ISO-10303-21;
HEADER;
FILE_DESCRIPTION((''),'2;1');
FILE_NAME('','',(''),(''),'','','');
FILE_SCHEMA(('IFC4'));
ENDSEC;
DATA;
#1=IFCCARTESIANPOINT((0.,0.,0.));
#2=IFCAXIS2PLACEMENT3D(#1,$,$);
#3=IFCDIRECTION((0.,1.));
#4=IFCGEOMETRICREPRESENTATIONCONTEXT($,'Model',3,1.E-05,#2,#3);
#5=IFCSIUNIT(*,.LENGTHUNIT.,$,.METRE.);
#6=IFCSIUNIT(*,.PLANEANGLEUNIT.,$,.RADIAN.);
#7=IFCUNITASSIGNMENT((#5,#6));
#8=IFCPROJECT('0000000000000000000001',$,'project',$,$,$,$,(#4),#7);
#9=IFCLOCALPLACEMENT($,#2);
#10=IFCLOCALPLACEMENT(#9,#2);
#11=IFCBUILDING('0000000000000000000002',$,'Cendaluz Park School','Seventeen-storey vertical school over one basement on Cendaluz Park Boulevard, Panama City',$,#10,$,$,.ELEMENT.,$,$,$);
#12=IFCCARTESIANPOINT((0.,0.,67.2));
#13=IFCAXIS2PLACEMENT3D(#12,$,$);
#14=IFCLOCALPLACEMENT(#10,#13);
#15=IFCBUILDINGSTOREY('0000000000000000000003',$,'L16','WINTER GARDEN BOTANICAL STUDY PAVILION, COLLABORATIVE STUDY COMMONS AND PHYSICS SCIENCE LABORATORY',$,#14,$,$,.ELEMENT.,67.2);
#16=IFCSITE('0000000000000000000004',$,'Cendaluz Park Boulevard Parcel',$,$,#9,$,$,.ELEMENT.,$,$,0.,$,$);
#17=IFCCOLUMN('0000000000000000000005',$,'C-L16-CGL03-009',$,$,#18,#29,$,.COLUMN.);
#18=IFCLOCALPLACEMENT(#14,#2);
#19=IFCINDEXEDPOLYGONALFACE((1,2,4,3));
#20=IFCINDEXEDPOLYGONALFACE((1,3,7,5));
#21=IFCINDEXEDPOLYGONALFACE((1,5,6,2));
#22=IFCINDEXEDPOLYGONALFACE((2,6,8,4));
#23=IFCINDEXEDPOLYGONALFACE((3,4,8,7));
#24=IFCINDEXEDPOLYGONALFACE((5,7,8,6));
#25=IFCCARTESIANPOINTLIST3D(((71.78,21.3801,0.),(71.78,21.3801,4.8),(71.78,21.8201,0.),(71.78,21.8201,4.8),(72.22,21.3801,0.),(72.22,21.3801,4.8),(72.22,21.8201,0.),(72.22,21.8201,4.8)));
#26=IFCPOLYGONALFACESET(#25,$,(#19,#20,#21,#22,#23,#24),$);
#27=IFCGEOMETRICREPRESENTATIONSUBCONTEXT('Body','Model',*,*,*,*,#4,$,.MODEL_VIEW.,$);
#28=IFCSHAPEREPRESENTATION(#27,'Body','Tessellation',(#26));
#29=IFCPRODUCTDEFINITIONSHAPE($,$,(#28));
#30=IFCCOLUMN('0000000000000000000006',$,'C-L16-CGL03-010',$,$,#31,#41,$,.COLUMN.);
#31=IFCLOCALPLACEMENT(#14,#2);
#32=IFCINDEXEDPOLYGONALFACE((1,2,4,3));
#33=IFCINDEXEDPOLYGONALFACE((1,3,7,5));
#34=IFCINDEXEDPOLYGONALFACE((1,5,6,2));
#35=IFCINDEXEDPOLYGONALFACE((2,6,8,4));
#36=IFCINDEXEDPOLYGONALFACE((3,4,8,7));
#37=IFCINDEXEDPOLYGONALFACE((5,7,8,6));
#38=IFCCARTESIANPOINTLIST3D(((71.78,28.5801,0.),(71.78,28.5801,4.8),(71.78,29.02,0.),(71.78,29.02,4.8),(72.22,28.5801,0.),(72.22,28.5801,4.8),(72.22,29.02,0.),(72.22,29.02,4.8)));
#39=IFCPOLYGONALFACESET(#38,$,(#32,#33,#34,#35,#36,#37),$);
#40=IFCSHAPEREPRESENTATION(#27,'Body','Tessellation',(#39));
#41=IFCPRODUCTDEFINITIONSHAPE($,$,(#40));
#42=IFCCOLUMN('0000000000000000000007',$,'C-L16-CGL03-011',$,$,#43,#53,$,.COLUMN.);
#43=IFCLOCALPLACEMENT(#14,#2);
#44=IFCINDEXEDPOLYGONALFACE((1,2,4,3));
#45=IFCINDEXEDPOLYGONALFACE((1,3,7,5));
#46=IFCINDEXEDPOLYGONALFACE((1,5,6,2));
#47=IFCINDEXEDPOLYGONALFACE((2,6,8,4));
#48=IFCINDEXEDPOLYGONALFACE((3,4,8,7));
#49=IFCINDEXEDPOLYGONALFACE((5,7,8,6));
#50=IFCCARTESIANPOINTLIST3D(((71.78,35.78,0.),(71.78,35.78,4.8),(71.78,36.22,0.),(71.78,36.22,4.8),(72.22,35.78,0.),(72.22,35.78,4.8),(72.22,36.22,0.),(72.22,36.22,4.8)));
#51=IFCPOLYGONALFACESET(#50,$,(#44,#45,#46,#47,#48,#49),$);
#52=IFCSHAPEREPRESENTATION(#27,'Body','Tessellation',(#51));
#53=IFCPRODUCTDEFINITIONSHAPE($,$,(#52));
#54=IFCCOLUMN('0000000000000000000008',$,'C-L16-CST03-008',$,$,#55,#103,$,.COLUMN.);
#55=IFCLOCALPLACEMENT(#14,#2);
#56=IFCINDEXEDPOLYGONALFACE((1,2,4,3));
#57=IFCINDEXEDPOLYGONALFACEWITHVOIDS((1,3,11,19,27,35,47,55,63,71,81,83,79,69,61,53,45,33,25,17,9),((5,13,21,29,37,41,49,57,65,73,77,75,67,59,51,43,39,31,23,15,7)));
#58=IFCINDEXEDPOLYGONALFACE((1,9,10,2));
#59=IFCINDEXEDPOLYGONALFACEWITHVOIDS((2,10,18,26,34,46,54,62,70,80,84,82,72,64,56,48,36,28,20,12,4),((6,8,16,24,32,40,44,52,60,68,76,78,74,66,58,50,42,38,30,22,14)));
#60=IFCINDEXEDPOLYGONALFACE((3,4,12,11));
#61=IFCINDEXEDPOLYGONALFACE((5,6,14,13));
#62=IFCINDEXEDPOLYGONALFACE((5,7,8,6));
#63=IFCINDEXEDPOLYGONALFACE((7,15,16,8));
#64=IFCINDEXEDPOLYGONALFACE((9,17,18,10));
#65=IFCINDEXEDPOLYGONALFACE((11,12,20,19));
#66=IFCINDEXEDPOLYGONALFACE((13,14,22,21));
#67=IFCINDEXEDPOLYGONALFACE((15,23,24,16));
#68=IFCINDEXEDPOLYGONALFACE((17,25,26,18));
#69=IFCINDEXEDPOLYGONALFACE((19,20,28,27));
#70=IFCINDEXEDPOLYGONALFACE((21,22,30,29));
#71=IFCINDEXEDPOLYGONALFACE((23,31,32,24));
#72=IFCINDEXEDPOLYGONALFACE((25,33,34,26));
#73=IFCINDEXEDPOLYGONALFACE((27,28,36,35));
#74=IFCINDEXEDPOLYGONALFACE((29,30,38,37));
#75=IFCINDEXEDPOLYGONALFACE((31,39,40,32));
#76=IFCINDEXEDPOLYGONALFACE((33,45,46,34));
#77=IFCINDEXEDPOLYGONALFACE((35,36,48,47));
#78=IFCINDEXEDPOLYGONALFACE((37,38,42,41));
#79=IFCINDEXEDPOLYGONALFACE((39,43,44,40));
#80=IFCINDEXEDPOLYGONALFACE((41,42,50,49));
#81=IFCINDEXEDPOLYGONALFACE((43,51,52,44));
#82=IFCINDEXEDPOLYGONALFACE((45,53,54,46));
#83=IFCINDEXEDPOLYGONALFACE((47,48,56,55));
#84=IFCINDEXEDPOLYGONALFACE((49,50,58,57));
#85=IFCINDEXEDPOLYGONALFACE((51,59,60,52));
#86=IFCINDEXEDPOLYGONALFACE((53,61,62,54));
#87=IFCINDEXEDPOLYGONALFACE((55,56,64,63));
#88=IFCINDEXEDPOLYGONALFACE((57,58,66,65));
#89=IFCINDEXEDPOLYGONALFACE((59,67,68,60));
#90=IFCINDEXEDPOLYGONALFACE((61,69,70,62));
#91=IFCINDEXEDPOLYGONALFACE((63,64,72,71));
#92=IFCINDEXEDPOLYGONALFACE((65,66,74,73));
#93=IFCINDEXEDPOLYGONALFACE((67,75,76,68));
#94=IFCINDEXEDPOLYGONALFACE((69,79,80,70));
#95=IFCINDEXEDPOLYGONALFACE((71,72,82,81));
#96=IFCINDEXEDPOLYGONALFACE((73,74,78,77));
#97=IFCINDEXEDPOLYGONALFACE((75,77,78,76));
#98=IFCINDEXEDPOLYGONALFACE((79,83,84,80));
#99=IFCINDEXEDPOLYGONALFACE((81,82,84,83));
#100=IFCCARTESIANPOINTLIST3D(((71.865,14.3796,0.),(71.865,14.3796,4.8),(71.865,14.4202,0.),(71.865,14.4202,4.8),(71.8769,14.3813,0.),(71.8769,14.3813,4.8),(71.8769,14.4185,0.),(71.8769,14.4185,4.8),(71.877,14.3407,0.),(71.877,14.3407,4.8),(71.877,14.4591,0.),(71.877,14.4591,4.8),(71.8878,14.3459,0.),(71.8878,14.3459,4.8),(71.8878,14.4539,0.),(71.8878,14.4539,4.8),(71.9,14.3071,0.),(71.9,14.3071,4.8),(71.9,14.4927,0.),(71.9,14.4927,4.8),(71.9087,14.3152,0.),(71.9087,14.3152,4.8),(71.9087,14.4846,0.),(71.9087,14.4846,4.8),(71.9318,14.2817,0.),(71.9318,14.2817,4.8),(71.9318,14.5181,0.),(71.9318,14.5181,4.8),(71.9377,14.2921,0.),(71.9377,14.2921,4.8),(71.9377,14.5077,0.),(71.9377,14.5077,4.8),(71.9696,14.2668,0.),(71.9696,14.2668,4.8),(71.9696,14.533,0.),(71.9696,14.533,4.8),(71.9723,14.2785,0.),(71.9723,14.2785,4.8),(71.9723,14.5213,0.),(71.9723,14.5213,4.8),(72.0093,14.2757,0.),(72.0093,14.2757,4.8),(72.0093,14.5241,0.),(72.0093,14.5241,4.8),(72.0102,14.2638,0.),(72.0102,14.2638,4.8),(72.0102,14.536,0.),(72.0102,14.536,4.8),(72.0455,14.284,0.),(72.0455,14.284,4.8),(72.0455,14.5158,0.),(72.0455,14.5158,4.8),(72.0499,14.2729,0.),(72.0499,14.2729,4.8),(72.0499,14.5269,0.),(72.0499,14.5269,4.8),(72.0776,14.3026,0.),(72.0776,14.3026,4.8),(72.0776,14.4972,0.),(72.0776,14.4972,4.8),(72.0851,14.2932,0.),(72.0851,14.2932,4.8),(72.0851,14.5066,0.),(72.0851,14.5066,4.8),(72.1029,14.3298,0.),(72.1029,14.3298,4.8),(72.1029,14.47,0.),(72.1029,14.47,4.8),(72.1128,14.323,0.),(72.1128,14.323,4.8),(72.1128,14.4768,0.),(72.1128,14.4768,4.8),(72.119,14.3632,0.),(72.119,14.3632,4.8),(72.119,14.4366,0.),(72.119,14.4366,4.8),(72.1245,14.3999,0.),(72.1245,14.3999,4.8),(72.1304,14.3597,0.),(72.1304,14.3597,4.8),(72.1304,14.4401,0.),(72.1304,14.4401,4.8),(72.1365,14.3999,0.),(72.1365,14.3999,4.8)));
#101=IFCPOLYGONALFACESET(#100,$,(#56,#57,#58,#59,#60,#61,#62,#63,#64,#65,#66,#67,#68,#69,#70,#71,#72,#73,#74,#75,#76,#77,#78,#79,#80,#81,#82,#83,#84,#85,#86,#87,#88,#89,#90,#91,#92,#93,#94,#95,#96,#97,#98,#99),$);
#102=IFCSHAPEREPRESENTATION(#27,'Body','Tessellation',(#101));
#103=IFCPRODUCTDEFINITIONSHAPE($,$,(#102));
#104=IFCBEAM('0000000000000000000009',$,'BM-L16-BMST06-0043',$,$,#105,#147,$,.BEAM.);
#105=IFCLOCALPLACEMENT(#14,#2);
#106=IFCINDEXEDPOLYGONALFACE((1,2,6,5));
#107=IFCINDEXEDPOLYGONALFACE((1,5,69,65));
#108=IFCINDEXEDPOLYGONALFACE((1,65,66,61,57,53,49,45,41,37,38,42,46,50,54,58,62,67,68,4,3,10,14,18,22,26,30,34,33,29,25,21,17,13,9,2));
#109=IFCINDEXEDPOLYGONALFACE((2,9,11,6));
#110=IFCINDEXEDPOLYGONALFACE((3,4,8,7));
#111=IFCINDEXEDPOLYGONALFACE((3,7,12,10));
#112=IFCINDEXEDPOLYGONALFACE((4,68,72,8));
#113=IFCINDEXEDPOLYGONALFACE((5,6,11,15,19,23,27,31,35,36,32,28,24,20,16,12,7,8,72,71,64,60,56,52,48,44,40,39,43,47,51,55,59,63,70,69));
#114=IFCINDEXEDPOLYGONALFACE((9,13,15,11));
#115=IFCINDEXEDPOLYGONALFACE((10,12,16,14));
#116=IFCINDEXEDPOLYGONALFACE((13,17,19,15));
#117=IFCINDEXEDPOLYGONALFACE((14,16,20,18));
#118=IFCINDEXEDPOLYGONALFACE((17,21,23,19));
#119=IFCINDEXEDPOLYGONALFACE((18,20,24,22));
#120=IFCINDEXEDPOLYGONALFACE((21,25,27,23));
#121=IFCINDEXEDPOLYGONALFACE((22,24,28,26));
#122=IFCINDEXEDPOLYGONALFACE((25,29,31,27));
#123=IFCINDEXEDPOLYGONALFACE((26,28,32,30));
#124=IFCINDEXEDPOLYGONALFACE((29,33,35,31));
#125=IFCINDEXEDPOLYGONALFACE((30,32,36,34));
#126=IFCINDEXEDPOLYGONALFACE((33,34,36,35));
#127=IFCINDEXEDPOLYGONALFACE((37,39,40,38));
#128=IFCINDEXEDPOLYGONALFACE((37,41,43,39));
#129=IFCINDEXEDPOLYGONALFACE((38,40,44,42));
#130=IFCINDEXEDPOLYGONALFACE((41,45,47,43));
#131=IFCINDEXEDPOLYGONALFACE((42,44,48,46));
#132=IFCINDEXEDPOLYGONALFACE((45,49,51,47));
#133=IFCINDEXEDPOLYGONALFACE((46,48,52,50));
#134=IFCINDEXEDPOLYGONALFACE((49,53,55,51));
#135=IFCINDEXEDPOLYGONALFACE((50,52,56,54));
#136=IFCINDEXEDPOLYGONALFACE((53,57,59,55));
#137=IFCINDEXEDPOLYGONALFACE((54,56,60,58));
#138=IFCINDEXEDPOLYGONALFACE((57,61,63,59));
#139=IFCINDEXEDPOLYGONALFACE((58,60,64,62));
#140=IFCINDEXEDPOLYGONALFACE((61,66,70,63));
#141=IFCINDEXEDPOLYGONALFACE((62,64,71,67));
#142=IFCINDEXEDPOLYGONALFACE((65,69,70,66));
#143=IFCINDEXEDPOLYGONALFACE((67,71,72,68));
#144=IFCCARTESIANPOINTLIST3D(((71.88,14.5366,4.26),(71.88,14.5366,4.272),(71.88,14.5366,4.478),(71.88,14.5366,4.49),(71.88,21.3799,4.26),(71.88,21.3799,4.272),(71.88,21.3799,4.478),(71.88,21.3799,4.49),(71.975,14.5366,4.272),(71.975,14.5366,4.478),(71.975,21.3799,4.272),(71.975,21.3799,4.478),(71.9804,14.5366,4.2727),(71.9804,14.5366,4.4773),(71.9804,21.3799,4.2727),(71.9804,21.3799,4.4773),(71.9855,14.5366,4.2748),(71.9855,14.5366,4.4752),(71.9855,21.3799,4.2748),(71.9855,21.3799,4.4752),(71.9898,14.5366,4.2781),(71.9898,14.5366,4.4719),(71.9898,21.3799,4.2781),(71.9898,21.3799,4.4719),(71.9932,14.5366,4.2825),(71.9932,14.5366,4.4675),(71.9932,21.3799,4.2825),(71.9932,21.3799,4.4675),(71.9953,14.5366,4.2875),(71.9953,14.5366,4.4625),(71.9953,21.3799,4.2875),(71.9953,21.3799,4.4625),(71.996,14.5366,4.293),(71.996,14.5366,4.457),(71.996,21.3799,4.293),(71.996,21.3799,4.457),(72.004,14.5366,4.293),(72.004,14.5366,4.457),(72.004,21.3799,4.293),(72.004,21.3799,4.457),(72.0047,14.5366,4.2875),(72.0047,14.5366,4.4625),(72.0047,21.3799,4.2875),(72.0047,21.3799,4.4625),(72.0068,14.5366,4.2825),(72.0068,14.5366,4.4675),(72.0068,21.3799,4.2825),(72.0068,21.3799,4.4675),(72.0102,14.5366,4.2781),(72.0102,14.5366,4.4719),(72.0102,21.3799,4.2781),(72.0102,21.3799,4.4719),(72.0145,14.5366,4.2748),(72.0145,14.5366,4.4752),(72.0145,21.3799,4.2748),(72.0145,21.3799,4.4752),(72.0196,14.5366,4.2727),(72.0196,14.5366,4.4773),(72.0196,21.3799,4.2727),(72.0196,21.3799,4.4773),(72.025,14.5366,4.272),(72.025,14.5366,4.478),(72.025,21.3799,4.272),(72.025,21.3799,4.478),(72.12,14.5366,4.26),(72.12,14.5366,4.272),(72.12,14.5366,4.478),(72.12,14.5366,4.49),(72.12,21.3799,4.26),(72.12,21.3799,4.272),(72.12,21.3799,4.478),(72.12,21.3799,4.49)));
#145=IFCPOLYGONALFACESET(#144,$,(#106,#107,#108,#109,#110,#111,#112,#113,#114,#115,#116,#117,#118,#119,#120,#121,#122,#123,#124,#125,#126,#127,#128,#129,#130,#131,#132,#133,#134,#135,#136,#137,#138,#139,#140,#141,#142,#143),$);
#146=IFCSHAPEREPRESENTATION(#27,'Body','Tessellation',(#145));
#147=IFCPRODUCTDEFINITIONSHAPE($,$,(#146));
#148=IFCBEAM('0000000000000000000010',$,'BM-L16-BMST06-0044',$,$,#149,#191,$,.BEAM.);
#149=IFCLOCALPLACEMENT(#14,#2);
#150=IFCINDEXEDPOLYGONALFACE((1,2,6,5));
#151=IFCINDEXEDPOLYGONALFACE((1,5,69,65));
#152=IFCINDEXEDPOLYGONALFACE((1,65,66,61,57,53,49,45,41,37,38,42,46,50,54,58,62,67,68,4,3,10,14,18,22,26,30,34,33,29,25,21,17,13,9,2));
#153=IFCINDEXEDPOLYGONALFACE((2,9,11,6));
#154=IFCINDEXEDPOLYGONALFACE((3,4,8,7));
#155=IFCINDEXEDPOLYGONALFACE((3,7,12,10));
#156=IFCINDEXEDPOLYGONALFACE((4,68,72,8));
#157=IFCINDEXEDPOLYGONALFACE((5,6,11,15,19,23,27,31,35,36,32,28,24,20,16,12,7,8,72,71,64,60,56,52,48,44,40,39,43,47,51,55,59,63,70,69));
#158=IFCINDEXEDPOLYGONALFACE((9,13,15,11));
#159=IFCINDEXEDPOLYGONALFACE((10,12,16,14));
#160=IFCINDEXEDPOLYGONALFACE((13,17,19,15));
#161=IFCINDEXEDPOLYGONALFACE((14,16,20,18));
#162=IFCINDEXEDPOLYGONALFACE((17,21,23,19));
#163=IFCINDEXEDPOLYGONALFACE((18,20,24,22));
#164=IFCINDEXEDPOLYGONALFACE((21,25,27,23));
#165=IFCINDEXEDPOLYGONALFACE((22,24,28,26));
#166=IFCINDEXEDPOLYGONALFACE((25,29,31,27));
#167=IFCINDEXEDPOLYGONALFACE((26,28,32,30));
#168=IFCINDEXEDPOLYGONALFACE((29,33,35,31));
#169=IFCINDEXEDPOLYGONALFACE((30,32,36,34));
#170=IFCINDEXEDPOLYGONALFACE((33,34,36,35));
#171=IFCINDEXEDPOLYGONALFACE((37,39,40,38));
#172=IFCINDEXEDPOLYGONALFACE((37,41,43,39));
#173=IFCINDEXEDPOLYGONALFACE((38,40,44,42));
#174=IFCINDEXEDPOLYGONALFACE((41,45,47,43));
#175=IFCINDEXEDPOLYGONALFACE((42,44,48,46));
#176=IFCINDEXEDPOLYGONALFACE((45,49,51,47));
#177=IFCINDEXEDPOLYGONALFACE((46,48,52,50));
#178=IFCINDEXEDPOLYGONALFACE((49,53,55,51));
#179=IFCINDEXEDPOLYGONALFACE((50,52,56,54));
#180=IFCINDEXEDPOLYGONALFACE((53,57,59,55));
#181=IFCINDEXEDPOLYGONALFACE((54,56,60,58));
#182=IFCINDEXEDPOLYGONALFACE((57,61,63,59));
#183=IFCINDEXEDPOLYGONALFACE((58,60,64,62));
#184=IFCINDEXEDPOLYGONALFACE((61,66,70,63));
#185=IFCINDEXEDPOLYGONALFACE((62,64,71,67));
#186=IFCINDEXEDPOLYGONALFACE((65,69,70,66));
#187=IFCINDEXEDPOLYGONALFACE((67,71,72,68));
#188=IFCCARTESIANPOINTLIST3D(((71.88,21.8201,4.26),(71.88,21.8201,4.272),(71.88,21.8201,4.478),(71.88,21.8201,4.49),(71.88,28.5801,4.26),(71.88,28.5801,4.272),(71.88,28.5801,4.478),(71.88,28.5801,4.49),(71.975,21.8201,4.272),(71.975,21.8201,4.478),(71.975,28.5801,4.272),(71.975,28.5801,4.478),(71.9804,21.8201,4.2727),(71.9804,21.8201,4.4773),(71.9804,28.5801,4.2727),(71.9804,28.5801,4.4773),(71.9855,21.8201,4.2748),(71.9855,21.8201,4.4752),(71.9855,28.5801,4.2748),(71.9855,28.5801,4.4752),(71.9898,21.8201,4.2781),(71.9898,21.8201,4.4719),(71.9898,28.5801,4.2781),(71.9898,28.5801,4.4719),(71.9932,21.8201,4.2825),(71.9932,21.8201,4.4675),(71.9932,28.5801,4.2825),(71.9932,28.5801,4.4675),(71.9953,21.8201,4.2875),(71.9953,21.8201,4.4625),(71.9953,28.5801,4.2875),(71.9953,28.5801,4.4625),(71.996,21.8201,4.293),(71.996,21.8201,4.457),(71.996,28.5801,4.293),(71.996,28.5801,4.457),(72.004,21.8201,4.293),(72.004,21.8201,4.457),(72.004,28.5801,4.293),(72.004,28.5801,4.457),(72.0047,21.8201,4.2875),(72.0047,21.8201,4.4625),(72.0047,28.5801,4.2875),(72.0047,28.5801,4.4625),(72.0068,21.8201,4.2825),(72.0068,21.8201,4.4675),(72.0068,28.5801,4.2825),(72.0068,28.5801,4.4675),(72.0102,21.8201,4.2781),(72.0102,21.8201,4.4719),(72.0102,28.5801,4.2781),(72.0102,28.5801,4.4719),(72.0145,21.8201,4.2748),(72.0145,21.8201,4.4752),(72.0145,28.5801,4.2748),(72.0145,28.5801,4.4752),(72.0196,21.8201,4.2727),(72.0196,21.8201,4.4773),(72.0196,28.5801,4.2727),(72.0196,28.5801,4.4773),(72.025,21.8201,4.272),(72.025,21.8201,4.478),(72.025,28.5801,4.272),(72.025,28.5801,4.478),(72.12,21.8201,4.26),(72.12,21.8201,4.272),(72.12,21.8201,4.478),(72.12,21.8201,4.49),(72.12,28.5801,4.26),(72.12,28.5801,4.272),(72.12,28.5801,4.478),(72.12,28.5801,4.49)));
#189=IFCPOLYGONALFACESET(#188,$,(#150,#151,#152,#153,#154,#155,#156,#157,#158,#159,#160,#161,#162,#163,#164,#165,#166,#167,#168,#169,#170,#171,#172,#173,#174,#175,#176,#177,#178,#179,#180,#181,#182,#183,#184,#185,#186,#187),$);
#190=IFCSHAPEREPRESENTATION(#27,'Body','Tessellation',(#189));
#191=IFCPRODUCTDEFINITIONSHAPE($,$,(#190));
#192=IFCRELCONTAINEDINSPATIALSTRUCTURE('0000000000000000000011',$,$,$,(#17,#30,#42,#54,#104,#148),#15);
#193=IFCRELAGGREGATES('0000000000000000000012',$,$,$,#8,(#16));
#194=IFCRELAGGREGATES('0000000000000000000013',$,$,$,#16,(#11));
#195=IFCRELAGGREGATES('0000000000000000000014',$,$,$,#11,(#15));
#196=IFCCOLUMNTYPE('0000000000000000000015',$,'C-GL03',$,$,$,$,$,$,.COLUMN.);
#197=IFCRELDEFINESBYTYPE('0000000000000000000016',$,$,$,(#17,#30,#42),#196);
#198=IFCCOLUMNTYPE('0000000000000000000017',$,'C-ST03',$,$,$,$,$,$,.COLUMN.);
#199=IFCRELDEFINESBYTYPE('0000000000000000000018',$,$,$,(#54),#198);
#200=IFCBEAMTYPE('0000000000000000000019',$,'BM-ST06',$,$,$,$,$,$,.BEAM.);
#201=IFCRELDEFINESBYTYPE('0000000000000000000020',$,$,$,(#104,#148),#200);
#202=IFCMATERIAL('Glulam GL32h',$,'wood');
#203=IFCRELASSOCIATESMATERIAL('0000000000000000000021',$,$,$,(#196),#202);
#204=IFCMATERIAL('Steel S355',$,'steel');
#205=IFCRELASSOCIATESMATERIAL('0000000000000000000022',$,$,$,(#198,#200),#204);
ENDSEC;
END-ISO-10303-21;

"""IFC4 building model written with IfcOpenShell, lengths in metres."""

from ifc_helpers import new_model, si_unit, direction, frame, origin, origin_2d, place, context, subcontext, project, spatial, rectangle, hollow_circle, i_section, extrude, material, material_profile, profile_set, type_object, element, save


model = new_model("IFC4")

# Units and contexts
model_context = context("Model", 3, precision=1e-05, world=origin(), true_north=direction((0.0, 1.0)))
body_context = subcontext(model_context, "Body", "Model", "MODEL_VIEW")
ifc_project = project(units=[si_unit("LENGTHUNIT", "METRE"), si_unit("PLANEANGLEUNIT", "RADIAN")], contexts=[model_context])

# Site, building, storey
site_placement = place(None, origin())
site = spatial("IfcSite", under=ifc_project, at=site_placement, Name="Cendaluz Park Boulevard Parcel", CompositionType="ELEMENT", RefElevation=0.0)
building_placement = place(site_placement, origin())
building = spatial("IfcBuilding", under=site, at=building_placement, Name="Cendaluz Park School", Description="Seventeen-storey vertical school over one basement on Cendaluz Park Boulevard, Panama City", CompositionType="ELEMENT")
storey_placement = place(building_placement, frame((0.0, 0.0, 67.2)))
storey = spatial("IfcBuildingStorey", under=building, at=storey_placement, Name="L16", Description="WINTER GARDEN BOTANICAL STUDY PAVILION, COLLABORATIVE STUDY COMMONS AND PHYSICS SCIENCE LABORATORY", CompositionType="ELEMENT", Elevation=67.2)

# Columns
ifc_material_1 = material(Name="Glulam GL32h", Category="wood")
ifc_material_profile_1 = material_profile(ifc_material_1, rectangle(XDim=0.4399, YDim=0.4399, at=origin_2d()), Name="GL32h 440x440", Category="wood")
ifc_profile_set_1 = profile_set([ifc_material_profile_1], Name="Glulam GL32h")
column_type_1 = type_object("IfcColumnType", Name="C-GL03", PredefinedType="COLUMN", material=ifc_profile_set_1)
for number, where, z_axis, x_axis, name in (
    (1, (72.0, 21.6001, 0.0), (0.0, 0.0, 1.0), (1.0, 0.0, 0.0), "C-L16-CGL03-009"),
    (2, (72.0, 28.8, 0.0), (0.0, 0.0, 1.0), (1.0, 0.0, 0.0), "C-L16-CGL03-010"),
    (3, (72.0, 36.0, 0.0), (0.0, 0.0, 1.0), (1.0, 0.0, 0.0), "C-L16-CGL03-011"),
):
    element("IfcColumn", number, at=place(storey_placement, frame(where, z_axis=z_axis, x_axis=x_axis)), inside=storey, type_object=column_type_1, Name=name, PredefinedType="COLUMN", context=body_context, shape_type="SweptSolid", body=[
        extrude(rectangle(XDim=0.4399, YDim=0.4399, at=origin_2d()), origin(), (0.0, 0.0, 1.0), 4.8),
    ])
ifc_material_2 = material(Name="Steel S355", Category="steel")
ifc_material_profile_2 = material_profile(ifc_material_2, hollow_circle(Radius=0.1365, WallThickness=0.012, at=origin_2d()), Name="CHS 273x12", Category="steel")
ifc_profile_set_2 = profile_set([ifc_material_profile_2], Name="Steel S355")
column_type_2 = type_object("IfcColumnType", Name="C-ST03", PredefinedType="COLUMN", material=ifc_profile_set_2)
column_placement = place(storey_placement, frame((72.0, 14.3999, 0.0), z_axis=(0.0, 0.0, 1.0), x_axis=(1.0, 0.0, 0.0)))
element("IfcColumn", 4, at=column_placement, inside=storey, type_object=column_type_2, Name="C-L16-CST03-008", PredefinedType="COLUMN", context=body_context, shape_type="SweptSolid", body=[
    extrude(hollow_circle(Radius=0.1365, WallThickness=0.012, at=origin_2d()), origin(), (0.0, 0.0, 1.0), 4.8),
])

# Beams
ifc_material_profile_3 = material_profile(ifc_material_2, i_section(OverallWidth=0.24, OverallDepth=0.23, WebThickness=0.0081, FlangeThickness=0.012, FilletRadius=0.021, at=origin_2d()), Name="HEA 240", Category="steel")
ifc_profile_set_3 = profile_set([ifc_material_profile_3], Name="Steel S355")
beam_type = type_object("IfcBeamType", Name="BM-ST06", PredefinedType="BEAM", material=ifc_profile_set_3)
beam_placement = place(storey_placement, frame((72.0, 14.5366, 4.375), z_axis=(0.0, 1.0, 0.0), x_axis=(-1.0, 0.0, 0.0)))
element("IfcBeam", 5, at=beam_placement, inside=storey, type_object=beam_type, Name="BM-L16-BMST06-0043", PredefinedType="BEAM", context=body_context, shape_type="SweptSolid", body=[
    extrude(i_section(OverallWidth=0.24, OverallDepth=0.23, WebThickness=0.0081, FlangeThickness=0.012, FilletRadius=0.021, at=origin_2d()), origin(), (0.0, 0.0, 1.0), 6.8433),
])
for number, where, z_axis, x_axis, name in (
    (6, (72.0, 21.8201, 4.375), (0.0, 1.0, 0.0), (-1.0, 0.0, 0.0), "BM-L16-BMST06-0044"),
):
    element("IfcBeam", number, at=place(storey_placement, frame(where, z_axis=z_axis, x_axis=x_axis)), inside=storey, type_object=beam_type, Name=name, PredefinedType="BEAM", context=body_context, shape_type="SweptSolid", body=[
        extrude(i_section(OverallWidth=0.24, OverallDepth=0.23, WebThickness=0.0081, FlangeThickness=0.012, FilletRadius=0.021, at=origin_2d()), origin(), (0.0, 0.0, 1.0), 6.76),
    ])

save(model, "model.ifc")
